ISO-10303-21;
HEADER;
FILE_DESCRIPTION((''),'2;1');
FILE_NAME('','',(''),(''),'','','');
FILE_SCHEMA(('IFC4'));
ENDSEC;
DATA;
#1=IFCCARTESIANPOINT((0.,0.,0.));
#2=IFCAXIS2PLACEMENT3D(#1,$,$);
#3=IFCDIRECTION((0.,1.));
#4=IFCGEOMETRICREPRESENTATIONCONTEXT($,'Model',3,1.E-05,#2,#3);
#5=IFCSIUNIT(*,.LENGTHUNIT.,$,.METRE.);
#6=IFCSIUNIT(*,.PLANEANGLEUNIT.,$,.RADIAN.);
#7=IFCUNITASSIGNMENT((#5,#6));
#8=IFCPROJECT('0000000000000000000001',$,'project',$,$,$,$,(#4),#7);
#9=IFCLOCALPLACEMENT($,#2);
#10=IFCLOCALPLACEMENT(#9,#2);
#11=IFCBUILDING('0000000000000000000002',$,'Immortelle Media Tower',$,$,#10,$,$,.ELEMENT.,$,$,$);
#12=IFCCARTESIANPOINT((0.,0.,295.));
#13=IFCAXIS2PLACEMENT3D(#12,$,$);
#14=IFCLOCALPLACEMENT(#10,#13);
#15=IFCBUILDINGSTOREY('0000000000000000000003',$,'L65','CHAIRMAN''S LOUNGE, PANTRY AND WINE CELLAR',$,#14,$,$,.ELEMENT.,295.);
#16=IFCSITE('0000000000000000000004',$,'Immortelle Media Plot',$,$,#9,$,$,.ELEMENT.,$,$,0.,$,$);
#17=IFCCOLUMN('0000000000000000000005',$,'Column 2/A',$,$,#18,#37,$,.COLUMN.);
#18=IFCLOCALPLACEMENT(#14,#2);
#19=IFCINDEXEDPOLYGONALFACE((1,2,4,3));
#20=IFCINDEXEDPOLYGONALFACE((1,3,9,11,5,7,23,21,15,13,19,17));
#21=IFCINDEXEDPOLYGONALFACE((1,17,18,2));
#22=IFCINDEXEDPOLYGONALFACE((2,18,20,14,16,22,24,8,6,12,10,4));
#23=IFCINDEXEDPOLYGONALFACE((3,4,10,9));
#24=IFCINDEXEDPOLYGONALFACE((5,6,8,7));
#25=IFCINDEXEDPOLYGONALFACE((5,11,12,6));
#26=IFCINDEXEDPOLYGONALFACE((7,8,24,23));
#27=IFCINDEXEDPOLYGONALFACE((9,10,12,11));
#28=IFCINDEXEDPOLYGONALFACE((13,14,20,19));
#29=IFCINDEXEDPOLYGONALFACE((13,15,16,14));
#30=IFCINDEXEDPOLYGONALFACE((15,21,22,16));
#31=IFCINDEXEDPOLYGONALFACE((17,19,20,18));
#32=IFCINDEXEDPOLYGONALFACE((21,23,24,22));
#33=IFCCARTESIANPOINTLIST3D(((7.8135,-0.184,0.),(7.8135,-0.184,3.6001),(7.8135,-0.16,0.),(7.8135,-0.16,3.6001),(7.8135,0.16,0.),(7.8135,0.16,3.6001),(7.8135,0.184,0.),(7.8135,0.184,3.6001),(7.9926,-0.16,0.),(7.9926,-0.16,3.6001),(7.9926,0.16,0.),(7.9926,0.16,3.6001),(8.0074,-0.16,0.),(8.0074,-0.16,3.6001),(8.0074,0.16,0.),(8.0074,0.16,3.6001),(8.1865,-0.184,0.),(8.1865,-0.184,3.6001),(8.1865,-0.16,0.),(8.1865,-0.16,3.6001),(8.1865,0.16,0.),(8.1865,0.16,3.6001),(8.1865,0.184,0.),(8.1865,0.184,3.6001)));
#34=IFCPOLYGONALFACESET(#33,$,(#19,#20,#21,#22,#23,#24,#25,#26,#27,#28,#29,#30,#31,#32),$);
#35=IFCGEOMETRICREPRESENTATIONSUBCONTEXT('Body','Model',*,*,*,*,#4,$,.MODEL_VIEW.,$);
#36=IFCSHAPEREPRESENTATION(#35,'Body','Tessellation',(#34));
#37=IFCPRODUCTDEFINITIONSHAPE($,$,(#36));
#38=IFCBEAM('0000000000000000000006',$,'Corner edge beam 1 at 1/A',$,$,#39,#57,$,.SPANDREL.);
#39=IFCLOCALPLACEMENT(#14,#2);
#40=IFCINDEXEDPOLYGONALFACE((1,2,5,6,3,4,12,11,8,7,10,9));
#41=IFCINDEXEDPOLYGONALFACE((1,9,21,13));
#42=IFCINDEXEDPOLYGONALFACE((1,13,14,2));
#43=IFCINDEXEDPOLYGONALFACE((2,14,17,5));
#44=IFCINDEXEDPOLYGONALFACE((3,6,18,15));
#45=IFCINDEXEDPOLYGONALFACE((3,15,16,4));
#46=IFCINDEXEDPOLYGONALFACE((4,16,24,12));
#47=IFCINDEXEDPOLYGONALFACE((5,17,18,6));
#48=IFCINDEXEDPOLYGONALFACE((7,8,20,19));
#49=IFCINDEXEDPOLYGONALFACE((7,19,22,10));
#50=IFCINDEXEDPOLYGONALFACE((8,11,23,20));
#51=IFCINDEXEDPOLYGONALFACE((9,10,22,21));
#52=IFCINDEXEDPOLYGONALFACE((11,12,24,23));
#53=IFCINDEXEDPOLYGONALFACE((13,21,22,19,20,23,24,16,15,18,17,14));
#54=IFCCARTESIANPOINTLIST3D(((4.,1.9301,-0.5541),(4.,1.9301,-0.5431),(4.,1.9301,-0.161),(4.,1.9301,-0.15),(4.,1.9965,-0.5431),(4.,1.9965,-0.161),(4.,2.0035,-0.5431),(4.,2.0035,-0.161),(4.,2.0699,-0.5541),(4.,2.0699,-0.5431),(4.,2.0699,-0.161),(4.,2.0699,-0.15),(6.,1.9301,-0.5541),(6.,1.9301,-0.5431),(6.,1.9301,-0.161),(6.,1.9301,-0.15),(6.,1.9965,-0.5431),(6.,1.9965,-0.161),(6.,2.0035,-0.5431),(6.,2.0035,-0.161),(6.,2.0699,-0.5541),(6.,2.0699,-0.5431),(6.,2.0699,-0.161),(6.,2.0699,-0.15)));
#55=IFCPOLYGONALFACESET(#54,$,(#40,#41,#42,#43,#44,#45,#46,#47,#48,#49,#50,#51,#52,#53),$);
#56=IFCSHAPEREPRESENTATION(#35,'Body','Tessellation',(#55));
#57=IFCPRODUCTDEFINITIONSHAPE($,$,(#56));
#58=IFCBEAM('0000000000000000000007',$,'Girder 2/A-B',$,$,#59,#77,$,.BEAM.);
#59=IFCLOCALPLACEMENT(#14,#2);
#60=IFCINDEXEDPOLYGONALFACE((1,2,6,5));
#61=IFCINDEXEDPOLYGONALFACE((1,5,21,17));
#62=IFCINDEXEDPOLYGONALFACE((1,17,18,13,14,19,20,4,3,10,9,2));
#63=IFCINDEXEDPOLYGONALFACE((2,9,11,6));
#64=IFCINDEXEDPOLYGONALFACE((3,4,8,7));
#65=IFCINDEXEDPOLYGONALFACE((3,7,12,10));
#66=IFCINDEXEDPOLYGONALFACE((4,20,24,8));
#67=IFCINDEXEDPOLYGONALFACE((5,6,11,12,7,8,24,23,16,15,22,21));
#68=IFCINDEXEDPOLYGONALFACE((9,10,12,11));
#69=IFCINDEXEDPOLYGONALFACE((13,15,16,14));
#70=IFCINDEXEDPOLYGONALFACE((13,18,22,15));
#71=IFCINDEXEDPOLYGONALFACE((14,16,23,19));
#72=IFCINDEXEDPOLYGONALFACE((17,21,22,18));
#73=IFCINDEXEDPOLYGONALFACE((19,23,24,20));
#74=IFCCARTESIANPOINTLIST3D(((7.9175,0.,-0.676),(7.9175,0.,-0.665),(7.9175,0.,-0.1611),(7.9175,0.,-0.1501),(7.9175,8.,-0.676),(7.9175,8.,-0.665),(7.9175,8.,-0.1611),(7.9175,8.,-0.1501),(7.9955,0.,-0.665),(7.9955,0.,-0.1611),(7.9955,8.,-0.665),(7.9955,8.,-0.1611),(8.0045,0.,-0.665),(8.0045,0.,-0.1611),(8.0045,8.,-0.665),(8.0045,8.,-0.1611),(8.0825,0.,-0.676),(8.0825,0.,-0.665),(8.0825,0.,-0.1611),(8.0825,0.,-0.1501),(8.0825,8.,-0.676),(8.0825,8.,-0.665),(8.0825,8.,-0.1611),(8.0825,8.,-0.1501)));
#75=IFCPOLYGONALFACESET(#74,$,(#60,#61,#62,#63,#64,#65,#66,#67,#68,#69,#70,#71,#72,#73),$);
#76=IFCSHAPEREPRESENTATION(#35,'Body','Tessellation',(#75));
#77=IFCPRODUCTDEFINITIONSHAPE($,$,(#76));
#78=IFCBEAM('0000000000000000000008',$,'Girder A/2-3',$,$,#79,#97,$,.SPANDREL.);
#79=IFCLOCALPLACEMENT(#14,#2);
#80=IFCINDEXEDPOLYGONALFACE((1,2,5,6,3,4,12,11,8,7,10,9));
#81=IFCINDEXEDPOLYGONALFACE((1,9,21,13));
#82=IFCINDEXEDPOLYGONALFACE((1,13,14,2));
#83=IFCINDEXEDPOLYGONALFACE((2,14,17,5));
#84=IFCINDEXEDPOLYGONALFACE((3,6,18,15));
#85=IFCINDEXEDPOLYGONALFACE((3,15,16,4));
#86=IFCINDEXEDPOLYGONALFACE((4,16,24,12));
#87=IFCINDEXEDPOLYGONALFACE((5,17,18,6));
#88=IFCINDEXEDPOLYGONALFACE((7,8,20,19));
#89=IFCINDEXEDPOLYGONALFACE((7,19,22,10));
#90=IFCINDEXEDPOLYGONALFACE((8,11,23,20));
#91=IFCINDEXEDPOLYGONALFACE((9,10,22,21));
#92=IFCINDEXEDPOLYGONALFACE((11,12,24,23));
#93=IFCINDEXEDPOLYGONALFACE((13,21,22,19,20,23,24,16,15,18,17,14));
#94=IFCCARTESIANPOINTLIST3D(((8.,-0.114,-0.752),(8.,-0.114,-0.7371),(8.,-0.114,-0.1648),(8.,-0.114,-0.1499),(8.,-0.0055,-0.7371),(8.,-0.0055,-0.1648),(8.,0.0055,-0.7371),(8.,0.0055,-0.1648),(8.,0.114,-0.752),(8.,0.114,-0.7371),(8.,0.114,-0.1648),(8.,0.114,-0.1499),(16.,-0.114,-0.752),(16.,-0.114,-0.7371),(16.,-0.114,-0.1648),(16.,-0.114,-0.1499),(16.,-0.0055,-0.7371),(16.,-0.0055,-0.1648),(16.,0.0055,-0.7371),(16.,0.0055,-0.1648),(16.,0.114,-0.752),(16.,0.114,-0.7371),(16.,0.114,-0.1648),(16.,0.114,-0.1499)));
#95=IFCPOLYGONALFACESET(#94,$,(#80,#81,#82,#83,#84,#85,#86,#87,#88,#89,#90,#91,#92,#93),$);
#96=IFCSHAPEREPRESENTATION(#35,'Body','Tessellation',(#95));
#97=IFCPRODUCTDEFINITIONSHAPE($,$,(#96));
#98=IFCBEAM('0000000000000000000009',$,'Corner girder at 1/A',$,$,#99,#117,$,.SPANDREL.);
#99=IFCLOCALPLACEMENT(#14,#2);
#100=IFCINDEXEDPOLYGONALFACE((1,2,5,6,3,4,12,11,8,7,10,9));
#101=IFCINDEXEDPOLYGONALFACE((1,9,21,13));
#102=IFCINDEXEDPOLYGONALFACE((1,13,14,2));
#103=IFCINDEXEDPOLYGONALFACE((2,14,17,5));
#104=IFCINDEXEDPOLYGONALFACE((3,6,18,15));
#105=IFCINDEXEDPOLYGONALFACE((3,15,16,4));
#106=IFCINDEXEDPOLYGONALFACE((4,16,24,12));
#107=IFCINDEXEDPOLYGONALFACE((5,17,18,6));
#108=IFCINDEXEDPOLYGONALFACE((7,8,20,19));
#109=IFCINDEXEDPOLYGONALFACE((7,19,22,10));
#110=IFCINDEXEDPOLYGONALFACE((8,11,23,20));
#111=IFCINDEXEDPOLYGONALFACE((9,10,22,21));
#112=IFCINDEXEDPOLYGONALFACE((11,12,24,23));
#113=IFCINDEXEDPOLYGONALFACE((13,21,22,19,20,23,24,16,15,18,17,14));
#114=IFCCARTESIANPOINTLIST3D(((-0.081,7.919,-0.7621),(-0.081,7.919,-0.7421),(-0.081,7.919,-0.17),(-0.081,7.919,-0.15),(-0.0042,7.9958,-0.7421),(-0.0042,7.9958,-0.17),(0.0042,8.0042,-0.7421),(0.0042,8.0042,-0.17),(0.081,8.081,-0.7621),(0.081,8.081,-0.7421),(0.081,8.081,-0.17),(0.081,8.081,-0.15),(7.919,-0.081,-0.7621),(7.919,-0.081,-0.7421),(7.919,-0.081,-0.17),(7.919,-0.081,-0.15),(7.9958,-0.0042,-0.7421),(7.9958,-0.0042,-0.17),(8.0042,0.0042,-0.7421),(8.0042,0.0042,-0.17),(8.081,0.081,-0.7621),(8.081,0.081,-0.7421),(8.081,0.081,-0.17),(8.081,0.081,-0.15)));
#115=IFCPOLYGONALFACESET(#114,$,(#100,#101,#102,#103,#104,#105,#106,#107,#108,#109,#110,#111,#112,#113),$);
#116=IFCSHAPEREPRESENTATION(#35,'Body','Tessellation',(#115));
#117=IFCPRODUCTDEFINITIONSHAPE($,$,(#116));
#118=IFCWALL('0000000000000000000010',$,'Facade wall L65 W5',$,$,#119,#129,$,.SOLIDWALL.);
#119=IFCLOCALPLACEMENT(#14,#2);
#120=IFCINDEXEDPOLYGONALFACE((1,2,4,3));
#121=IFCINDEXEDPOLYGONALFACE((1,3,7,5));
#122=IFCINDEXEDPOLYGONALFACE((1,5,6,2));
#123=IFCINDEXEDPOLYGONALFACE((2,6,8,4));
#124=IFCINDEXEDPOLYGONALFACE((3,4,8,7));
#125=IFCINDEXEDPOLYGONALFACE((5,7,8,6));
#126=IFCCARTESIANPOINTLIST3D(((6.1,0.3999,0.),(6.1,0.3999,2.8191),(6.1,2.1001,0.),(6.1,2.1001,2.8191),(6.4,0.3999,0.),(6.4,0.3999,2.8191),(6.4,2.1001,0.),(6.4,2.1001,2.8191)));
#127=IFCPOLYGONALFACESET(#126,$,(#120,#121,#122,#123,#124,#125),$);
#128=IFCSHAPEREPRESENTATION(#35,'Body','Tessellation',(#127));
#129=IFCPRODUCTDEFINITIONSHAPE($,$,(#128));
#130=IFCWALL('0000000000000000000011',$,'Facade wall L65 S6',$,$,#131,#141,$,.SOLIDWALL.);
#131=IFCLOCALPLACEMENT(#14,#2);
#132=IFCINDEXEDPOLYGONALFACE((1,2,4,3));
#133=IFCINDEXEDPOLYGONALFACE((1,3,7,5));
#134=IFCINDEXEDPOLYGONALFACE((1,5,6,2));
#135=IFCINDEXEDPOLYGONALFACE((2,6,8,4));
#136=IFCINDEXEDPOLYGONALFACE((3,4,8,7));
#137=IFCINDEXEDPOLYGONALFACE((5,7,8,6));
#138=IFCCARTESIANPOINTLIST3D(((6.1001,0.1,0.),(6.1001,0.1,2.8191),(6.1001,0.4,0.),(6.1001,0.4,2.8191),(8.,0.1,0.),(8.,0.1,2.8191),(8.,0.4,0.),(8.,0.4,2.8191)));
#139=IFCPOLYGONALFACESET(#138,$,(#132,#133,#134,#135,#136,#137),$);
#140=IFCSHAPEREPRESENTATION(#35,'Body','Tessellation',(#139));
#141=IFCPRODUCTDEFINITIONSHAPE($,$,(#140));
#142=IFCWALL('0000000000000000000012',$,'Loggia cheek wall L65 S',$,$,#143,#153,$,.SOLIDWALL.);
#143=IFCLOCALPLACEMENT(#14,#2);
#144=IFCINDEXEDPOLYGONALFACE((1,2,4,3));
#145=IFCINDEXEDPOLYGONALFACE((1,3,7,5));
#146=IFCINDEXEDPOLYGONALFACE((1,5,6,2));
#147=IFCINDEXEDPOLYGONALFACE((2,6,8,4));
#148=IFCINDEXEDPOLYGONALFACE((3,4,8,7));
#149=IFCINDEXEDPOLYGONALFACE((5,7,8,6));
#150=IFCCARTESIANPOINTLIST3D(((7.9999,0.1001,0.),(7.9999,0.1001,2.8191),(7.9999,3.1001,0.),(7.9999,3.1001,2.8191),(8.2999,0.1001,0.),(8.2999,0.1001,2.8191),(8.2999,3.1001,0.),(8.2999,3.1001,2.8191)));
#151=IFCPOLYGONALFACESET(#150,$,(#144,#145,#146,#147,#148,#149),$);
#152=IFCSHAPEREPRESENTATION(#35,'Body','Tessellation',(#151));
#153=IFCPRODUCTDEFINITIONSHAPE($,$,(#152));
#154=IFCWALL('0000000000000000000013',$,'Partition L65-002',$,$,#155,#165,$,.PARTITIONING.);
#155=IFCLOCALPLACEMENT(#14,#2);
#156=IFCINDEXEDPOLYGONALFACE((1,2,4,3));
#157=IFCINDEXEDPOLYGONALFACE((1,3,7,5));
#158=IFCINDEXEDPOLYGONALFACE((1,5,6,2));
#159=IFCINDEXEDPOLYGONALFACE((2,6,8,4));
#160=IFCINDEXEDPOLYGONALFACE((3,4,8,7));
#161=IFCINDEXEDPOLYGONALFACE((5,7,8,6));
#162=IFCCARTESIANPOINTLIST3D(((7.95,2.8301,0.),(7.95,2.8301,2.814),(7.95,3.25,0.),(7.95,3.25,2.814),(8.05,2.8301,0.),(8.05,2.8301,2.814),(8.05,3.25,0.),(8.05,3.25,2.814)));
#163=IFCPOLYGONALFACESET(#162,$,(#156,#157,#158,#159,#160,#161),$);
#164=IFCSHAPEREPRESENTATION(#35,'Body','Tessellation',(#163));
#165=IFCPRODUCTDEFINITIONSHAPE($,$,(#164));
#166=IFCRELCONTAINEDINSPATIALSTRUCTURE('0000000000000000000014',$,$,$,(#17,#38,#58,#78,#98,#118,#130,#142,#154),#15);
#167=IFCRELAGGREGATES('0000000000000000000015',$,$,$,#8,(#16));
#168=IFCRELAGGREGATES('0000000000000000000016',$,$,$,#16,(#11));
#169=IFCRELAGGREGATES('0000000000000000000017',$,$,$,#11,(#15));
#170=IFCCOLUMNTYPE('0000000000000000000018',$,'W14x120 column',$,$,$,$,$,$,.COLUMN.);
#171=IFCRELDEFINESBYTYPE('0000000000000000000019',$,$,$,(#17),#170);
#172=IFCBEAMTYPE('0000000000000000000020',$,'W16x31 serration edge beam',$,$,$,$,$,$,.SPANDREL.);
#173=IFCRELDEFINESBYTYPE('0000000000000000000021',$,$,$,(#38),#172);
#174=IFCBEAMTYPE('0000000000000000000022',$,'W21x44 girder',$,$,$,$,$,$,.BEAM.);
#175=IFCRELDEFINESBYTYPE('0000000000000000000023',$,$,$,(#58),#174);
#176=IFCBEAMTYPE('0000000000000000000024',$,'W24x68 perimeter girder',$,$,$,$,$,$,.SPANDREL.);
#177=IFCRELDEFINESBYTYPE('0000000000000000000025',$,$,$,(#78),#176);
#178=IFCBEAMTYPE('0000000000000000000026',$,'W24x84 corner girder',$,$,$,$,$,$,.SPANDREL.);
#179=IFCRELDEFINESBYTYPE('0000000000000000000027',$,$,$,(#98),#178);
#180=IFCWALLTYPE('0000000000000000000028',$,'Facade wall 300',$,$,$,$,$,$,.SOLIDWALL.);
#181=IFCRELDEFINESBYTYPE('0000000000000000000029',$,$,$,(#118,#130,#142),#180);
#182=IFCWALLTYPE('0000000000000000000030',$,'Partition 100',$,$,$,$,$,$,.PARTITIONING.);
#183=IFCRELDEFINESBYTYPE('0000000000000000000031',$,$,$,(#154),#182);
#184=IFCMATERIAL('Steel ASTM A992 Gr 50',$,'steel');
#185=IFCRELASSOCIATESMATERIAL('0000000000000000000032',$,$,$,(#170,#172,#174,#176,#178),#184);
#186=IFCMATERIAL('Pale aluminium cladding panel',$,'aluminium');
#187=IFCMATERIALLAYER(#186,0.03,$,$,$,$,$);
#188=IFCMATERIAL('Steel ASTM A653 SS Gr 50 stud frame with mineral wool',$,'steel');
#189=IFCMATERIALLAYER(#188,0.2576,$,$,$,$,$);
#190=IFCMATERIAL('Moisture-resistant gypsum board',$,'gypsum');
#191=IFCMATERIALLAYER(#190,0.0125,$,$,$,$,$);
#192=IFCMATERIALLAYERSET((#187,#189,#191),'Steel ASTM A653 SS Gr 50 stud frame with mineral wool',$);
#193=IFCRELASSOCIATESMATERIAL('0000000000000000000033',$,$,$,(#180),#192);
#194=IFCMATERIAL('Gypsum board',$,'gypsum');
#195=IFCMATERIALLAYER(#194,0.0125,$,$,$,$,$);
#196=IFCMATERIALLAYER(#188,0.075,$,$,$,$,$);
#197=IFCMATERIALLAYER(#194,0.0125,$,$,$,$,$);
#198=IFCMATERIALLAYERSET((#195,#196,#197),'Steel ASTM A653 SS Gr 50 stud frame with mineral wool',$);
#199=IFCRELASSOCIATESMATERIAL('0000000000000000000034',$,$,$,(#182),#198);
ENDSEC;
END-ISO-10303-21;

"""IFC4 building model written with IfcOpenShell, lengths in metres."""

from ifc_helpers import new_model, si_unit, direction, frame, frame_2d, origin, origin_2d, place, context, subcontext, project, spatial, rectangle, i_section, extrude, material, layer, layer_set, material_profile, profile_set, type_object, element, save


model = new_model("IFC4")

# Units and contexts
model_context = context("Model", 3, precision=1e-05, world=origin(), true_north=direction((0.0, 1.0)))
body_context = subcontext(model_context, "Body", "Model", "MODEL_VIEW")
ifc_project = project(units=[si_unit("LENGTHUNIT", "METRE"), si_unit("PLANEANGLEUNIT", "RADIAN")], contexts=[model_context])

# Site, building, storey
site_placement = place(None, origin())
site = spatial("IfcSite", under=ifc_project, at=site_placement, Name="Immortelle Media Plot", CompositionType="ELEMENT", RefElevation=0.0)
building_placement = place(site_placement, origin())
building = spatial("IfcBuilding", under=site, at=building_placement, Name="Immortelle Media Tower", CompositionType="ELEMENT")
storey_placement = place(building_placement, frame((0.0, 0.0, 295.0)))
storey = spatial("IfcBuildingStorey", under=building, at=storey_placement, Name="L65", Description="CHAIRMAN'S LOUNGE, PANTRY AND WINE CELLAR", CompositionType="ELEMENT", Elevation=295.0)

# Column
ifc_material_1 = material(Name="Steel ASTM A992 Gr 50", Category="steel")
ifc_material_profile_1 = material_profile(ifc_material_1, i_section(OverallWidth=0.373, OverallDepth=0.3679, WebThickness=0.0149, FlangeThickness=0.0239, at=origin_2d()), Name="W14x120")
ifc_profile_set_1 = profile_set([ifc_material_profile_1], Name="Steel ASTM A992 Gr 50")
column_type = type_object("IfcColumnType", Name="W14x120 column", PredefinedType="COLUMN", material=ifc_profile_set_1)
column_placement = place(storey_placement, frame((8.0, 0.0, 0.0), z_axis=(0.0, 0.0, 1.0), x_axis=(1.0, 0.0, 0.0)))
element("IfcColumn", 1, at=column_placement, inside=storey, type_object=column_type, Name="Column 2/A", PredefinedType="COLUMN", context=body_context, shape_type="SweptSolid", body=[
    extrude(i_section(OverallWidth=0.373, OverallDepth=0.3679, WebThickness=0.0149, FlangeThickness=0.0239, at=origin_2d()), origin(), (0.0, 0.0, 1.0), 3.6001),
])

# Beams
ifc_material_profile_2 = material_profile(ifc_material_1, i_section(OverallWidth=0.1399, OverallDepth=0.4041, WebThickness=0.0071, FlangeThickness=0.011, at=origin_2d()), Name="W16x31")
ifc_profile_set_2 = profile_set([ifc_material_profile_2], Name="Steel ASTM A992 Gr 50")
beam_type_1 = type_object("IfcBeamType", Name="W16x31 serration edge beam", PredefinedType="SPANDREL", material=ifc_profile_set_2)
beam_1_placement = place(storey_placement, frame((6.0, 2.0, -0.3521), z_axis=(-1.0, 0.0, 0.0), x_axis=(0.0, -1.0, 0.0)))
element("IfcBeam", 2, at=beam_1_placement, inside=storey, type_object=beam_type_1, Name="Corner edge beam 1 at 1/A", PredefinedType="SPANDREL", context=body_context, shape_type="SweptSolid", body=[
    extrude(i_section(OverallWidth=0.1399, OverallDepth=0.4041, WebThickness=0.0071, FlangeThickness=0.011, at=origin_2d()), origin(), (0.0, 0.0, 1.0), 2.0),
])
ifc_material_profile_3 = material_profile(ifc_material_1, i_section(OverallWidth=0.165, OverallDepth=0.5259, WebThickness=0.009, FlangeThickness=0.011, at=origin_2d()), Name="W21x44")
ifc_profile_set_3 = profile_set([ifc_material_profile_3], Name="Steel ASTM A992 Gr 50")
beam_type_2 = type_object("IfcBeamType", Name="W21x44 girder", PredefinedType="BEAM", material=ifc_profile_set_3)
beam_2_placement = place(storey_placement, frame((8.0, 0.0, -0.4131), z_axis=(0.0, 1.0, 0.0), x_axis=(-1.0, 0.0, 0.0)))
element("IfcBeam", 3, at=beam_2_placement, inside=storey, type_object=beam_type_2, Name="Girder 2/A-B", PredefinedType="BEAM", context=body_context, shape_type="SweptSolid", body=[
    extrude(i_section(OverallWidth=0.165, OverallDepth=0.5259, WebThickness=0.009, FlangeThickness=0.011, at=origin_2d()), origin(), (0.0, 0.0, 1.0), 8.0),
])
ifc_material_profile_4 = material_profile(ifc_material_1, i_section(OverallWidth=0.228, OverallDepth=0.6021, WebThickness=0.011, FlangeThickness=0.0149, at=origin_2d()), Name="W24x68")
ifc_profile_set_4 = profile_set([ifc_material_profile_4], Name="Steel ASTM A992 Gr 50")
beam_type_3 = type_object("IfcBeamType", Name="W24x68 perimeter girder", PredefinedType="SPANDREL", material=ifc_profile_set_4)
beam_3_placement = place(storey_placement, frame((8.0, 0.0, -0.4509), z_axis=(1.0, 0.0, 0.0), x_axis=(0.0, 1.0, 0.0)))
element("IfcBeam", 4, at=beam_3_placement, inside=storey, type_object=beam_type_3, Name="Girder A/2-3", PredefinedType="SPANDREL", context=body_context, shape_type="SweptSolid", body=[
    extrude(i_section(OverallWidth=0.228, OverallDepth=0.6021, WebThickness=0.011, FlangeThickness=0.0149, at=origin_2d()), origin(), (0.0, 0.0, 1.0), 8.0),
])
ifc_material_profile_5 = material_profile(ifc_material_1, i_section(OverallWidth=0.229, OverallDepth=0.6121, WebThickness=0.012, FlangeThickness=0.02, at=origin_2d()), Name="W24x84")
ifc_profile_set_5 = profile_set([ifc_material_profile_5], Name="Steel ASTM A992 Gr 50")
beam_type_4 = type_object("IfcBeamType", Name="W24x84 corner girder", PredefinedType="SPANDREL", material=ifc_profile_set_5)
beam_4_placement = place(storey_placement, frame((8.0, 0.0, -0.4561), z_axis=(-0.707107, 0.707107, 0.0), x_axis=(-0.707107, -0.707107, 0.0)))
element("IfcBeam", 5, at=beam_4_placement, inside=storey, type_object=beam_type_4, Name="Corner girder at 1/A", PredefinedType="SPANDREL", context=body_context, shape_type="SweptSolid", body=[
    extrude(i_section(OverallWidth=0.229, OverallDepth=0.6121, WebThickness=0.012, FlangeThickness=0.02, at=origin_2d()), origin(), (0.0, 0.0, 1.0), 11.3137),
])

# Walls
ifc_material_2 = material(Name="Pale aluminium cladding panel", Category="aluminium")
ifc_layer_1 = layer(ifc_material_2, 0.03)
ifc_material_3 = material(Name="Steel ASTM A653 SS Gr 50 stud frame with mineral wool", Category="steel")
ifc_layer_2 = layer(ifc_material_3, 0.2576)
ifc_material_4 = material(Name="Moisture-resistant gypsum board", Category="gypsum")
ifc_layer_3 = layer(ifc_material_4, 0.0125)
ifc_layer_set_1 = layer_set([ifc_layer_1, ifc_layer_2, ifc_layer_3], Name="Steel ASTM A653 SS Gr 50 stud frame with mineral wool")
wall_type_1 = type_object("IfcWallType", Name="Facade wall 300", PredefinedType="SOLIDWALL", material=ifc_layer_set_1)
wall_1_placement = place(storey_placement, frame((6.25, 2.1001, 0.0), z_axis=(0.0, 0.0, 1.0), x_axis=(0.0, -1.0, 0.0)))
element("IfcWall", 6, at=wall_1_placement, inside=storey, type_object=wall_type_1, Name="Facade wall L65 W5", PredefinedType="SOLIDWALL", context=body_context, shape_type="SweptSolid", body=[
    extrude(rectangle(XDim=1.7002, YDim=0.3, at=frame_2d((0.8501, 0.0))), origin(), (0.0, 0.0, 1.0), 2.8191),
])
wall_2_placement = place(storey_placement, frame((6.1001, 0.25, 0.0), z_axis=(0.0, 0.0, 1.0), x_axis=(1.0, 0.0, 0.0)))
element("IfcWall", 7, at=wall_2_placement, inside=storey, type_object=wall_type_1, Name="Facade wall L65 S6", PredefinedType="SOLIDWALL", context=body_context, shape_type="SweptSolid", body=[
    extrude(rectangle(XDim=1.8999, YDim=0.3, at=frame_2d((0.95, 0.0))), origin(), (0.0, 0.0, 1.0), 2.8191),
])
wall_3_placement = place(storey_placement, frame((8.1499, 0.1001, 0.0), z_axis=(0.0, 0.0, 1.0), x_axis=(0.0, 1.0, 0.0)))
element("IfcWall", 8, at=wall_3_placement, inside=storey, type_object=wall_type_1, Name="Loggia cheek wall L65 S", PredefinedType="SOLIDWALL", context=body_context, shape_type="SweptSolid", body=[
    extrude(rectangle(XDim=3.0, YDim=0.3, at=frame_2d((1.5, 0.0))), origin(), (0.0, 0.0, 1.0), 2.8191),
])
ifc_material_5 = material(Name="Gypsum board", Category="gypsum")
ifc_layer_4 = layer(ifc_material_5, 0.0125)
ifc_layer_5 = layer(ifc_material_3, 0.075)
ifc_layer_6 = layer(ifc_material_5, 0.0125)
ifc_layer_set_2 = layer_set([ifc_layer_4, ifc_layer_5, ifc_layer_6], Name="Steel ASTM A653 SS Gr 50 stud frame with mineral wool")
wall_type_2 = type_object("IfcWallType", Name="Partition 100", PredefinedType="PARTITIONING", material=ifc_layer_set_2)
wall_4_placement = place(storey_placement, frame((8.0, 2.8301, 0.0), z_axis=(0.0, 0.0, 1.0), x_axis=(0.0, 1.0, 0.0)))
element("IfcWall", 9, at=wall_4_placement, inside=storey, type_object=wall_type_2, Name="Partition L65-002", PredefinedType="PARTITIONING", context=body_context, shape_type="SweptSolid", body=[
    extrude(rectangle(XDim=0.4199, YDim=0.1001, at=frame_2d((0.21, 0.0))), origin(), (0.0, 0.0, 1.0), 2.814),
])

save(model, "model.ifc")
